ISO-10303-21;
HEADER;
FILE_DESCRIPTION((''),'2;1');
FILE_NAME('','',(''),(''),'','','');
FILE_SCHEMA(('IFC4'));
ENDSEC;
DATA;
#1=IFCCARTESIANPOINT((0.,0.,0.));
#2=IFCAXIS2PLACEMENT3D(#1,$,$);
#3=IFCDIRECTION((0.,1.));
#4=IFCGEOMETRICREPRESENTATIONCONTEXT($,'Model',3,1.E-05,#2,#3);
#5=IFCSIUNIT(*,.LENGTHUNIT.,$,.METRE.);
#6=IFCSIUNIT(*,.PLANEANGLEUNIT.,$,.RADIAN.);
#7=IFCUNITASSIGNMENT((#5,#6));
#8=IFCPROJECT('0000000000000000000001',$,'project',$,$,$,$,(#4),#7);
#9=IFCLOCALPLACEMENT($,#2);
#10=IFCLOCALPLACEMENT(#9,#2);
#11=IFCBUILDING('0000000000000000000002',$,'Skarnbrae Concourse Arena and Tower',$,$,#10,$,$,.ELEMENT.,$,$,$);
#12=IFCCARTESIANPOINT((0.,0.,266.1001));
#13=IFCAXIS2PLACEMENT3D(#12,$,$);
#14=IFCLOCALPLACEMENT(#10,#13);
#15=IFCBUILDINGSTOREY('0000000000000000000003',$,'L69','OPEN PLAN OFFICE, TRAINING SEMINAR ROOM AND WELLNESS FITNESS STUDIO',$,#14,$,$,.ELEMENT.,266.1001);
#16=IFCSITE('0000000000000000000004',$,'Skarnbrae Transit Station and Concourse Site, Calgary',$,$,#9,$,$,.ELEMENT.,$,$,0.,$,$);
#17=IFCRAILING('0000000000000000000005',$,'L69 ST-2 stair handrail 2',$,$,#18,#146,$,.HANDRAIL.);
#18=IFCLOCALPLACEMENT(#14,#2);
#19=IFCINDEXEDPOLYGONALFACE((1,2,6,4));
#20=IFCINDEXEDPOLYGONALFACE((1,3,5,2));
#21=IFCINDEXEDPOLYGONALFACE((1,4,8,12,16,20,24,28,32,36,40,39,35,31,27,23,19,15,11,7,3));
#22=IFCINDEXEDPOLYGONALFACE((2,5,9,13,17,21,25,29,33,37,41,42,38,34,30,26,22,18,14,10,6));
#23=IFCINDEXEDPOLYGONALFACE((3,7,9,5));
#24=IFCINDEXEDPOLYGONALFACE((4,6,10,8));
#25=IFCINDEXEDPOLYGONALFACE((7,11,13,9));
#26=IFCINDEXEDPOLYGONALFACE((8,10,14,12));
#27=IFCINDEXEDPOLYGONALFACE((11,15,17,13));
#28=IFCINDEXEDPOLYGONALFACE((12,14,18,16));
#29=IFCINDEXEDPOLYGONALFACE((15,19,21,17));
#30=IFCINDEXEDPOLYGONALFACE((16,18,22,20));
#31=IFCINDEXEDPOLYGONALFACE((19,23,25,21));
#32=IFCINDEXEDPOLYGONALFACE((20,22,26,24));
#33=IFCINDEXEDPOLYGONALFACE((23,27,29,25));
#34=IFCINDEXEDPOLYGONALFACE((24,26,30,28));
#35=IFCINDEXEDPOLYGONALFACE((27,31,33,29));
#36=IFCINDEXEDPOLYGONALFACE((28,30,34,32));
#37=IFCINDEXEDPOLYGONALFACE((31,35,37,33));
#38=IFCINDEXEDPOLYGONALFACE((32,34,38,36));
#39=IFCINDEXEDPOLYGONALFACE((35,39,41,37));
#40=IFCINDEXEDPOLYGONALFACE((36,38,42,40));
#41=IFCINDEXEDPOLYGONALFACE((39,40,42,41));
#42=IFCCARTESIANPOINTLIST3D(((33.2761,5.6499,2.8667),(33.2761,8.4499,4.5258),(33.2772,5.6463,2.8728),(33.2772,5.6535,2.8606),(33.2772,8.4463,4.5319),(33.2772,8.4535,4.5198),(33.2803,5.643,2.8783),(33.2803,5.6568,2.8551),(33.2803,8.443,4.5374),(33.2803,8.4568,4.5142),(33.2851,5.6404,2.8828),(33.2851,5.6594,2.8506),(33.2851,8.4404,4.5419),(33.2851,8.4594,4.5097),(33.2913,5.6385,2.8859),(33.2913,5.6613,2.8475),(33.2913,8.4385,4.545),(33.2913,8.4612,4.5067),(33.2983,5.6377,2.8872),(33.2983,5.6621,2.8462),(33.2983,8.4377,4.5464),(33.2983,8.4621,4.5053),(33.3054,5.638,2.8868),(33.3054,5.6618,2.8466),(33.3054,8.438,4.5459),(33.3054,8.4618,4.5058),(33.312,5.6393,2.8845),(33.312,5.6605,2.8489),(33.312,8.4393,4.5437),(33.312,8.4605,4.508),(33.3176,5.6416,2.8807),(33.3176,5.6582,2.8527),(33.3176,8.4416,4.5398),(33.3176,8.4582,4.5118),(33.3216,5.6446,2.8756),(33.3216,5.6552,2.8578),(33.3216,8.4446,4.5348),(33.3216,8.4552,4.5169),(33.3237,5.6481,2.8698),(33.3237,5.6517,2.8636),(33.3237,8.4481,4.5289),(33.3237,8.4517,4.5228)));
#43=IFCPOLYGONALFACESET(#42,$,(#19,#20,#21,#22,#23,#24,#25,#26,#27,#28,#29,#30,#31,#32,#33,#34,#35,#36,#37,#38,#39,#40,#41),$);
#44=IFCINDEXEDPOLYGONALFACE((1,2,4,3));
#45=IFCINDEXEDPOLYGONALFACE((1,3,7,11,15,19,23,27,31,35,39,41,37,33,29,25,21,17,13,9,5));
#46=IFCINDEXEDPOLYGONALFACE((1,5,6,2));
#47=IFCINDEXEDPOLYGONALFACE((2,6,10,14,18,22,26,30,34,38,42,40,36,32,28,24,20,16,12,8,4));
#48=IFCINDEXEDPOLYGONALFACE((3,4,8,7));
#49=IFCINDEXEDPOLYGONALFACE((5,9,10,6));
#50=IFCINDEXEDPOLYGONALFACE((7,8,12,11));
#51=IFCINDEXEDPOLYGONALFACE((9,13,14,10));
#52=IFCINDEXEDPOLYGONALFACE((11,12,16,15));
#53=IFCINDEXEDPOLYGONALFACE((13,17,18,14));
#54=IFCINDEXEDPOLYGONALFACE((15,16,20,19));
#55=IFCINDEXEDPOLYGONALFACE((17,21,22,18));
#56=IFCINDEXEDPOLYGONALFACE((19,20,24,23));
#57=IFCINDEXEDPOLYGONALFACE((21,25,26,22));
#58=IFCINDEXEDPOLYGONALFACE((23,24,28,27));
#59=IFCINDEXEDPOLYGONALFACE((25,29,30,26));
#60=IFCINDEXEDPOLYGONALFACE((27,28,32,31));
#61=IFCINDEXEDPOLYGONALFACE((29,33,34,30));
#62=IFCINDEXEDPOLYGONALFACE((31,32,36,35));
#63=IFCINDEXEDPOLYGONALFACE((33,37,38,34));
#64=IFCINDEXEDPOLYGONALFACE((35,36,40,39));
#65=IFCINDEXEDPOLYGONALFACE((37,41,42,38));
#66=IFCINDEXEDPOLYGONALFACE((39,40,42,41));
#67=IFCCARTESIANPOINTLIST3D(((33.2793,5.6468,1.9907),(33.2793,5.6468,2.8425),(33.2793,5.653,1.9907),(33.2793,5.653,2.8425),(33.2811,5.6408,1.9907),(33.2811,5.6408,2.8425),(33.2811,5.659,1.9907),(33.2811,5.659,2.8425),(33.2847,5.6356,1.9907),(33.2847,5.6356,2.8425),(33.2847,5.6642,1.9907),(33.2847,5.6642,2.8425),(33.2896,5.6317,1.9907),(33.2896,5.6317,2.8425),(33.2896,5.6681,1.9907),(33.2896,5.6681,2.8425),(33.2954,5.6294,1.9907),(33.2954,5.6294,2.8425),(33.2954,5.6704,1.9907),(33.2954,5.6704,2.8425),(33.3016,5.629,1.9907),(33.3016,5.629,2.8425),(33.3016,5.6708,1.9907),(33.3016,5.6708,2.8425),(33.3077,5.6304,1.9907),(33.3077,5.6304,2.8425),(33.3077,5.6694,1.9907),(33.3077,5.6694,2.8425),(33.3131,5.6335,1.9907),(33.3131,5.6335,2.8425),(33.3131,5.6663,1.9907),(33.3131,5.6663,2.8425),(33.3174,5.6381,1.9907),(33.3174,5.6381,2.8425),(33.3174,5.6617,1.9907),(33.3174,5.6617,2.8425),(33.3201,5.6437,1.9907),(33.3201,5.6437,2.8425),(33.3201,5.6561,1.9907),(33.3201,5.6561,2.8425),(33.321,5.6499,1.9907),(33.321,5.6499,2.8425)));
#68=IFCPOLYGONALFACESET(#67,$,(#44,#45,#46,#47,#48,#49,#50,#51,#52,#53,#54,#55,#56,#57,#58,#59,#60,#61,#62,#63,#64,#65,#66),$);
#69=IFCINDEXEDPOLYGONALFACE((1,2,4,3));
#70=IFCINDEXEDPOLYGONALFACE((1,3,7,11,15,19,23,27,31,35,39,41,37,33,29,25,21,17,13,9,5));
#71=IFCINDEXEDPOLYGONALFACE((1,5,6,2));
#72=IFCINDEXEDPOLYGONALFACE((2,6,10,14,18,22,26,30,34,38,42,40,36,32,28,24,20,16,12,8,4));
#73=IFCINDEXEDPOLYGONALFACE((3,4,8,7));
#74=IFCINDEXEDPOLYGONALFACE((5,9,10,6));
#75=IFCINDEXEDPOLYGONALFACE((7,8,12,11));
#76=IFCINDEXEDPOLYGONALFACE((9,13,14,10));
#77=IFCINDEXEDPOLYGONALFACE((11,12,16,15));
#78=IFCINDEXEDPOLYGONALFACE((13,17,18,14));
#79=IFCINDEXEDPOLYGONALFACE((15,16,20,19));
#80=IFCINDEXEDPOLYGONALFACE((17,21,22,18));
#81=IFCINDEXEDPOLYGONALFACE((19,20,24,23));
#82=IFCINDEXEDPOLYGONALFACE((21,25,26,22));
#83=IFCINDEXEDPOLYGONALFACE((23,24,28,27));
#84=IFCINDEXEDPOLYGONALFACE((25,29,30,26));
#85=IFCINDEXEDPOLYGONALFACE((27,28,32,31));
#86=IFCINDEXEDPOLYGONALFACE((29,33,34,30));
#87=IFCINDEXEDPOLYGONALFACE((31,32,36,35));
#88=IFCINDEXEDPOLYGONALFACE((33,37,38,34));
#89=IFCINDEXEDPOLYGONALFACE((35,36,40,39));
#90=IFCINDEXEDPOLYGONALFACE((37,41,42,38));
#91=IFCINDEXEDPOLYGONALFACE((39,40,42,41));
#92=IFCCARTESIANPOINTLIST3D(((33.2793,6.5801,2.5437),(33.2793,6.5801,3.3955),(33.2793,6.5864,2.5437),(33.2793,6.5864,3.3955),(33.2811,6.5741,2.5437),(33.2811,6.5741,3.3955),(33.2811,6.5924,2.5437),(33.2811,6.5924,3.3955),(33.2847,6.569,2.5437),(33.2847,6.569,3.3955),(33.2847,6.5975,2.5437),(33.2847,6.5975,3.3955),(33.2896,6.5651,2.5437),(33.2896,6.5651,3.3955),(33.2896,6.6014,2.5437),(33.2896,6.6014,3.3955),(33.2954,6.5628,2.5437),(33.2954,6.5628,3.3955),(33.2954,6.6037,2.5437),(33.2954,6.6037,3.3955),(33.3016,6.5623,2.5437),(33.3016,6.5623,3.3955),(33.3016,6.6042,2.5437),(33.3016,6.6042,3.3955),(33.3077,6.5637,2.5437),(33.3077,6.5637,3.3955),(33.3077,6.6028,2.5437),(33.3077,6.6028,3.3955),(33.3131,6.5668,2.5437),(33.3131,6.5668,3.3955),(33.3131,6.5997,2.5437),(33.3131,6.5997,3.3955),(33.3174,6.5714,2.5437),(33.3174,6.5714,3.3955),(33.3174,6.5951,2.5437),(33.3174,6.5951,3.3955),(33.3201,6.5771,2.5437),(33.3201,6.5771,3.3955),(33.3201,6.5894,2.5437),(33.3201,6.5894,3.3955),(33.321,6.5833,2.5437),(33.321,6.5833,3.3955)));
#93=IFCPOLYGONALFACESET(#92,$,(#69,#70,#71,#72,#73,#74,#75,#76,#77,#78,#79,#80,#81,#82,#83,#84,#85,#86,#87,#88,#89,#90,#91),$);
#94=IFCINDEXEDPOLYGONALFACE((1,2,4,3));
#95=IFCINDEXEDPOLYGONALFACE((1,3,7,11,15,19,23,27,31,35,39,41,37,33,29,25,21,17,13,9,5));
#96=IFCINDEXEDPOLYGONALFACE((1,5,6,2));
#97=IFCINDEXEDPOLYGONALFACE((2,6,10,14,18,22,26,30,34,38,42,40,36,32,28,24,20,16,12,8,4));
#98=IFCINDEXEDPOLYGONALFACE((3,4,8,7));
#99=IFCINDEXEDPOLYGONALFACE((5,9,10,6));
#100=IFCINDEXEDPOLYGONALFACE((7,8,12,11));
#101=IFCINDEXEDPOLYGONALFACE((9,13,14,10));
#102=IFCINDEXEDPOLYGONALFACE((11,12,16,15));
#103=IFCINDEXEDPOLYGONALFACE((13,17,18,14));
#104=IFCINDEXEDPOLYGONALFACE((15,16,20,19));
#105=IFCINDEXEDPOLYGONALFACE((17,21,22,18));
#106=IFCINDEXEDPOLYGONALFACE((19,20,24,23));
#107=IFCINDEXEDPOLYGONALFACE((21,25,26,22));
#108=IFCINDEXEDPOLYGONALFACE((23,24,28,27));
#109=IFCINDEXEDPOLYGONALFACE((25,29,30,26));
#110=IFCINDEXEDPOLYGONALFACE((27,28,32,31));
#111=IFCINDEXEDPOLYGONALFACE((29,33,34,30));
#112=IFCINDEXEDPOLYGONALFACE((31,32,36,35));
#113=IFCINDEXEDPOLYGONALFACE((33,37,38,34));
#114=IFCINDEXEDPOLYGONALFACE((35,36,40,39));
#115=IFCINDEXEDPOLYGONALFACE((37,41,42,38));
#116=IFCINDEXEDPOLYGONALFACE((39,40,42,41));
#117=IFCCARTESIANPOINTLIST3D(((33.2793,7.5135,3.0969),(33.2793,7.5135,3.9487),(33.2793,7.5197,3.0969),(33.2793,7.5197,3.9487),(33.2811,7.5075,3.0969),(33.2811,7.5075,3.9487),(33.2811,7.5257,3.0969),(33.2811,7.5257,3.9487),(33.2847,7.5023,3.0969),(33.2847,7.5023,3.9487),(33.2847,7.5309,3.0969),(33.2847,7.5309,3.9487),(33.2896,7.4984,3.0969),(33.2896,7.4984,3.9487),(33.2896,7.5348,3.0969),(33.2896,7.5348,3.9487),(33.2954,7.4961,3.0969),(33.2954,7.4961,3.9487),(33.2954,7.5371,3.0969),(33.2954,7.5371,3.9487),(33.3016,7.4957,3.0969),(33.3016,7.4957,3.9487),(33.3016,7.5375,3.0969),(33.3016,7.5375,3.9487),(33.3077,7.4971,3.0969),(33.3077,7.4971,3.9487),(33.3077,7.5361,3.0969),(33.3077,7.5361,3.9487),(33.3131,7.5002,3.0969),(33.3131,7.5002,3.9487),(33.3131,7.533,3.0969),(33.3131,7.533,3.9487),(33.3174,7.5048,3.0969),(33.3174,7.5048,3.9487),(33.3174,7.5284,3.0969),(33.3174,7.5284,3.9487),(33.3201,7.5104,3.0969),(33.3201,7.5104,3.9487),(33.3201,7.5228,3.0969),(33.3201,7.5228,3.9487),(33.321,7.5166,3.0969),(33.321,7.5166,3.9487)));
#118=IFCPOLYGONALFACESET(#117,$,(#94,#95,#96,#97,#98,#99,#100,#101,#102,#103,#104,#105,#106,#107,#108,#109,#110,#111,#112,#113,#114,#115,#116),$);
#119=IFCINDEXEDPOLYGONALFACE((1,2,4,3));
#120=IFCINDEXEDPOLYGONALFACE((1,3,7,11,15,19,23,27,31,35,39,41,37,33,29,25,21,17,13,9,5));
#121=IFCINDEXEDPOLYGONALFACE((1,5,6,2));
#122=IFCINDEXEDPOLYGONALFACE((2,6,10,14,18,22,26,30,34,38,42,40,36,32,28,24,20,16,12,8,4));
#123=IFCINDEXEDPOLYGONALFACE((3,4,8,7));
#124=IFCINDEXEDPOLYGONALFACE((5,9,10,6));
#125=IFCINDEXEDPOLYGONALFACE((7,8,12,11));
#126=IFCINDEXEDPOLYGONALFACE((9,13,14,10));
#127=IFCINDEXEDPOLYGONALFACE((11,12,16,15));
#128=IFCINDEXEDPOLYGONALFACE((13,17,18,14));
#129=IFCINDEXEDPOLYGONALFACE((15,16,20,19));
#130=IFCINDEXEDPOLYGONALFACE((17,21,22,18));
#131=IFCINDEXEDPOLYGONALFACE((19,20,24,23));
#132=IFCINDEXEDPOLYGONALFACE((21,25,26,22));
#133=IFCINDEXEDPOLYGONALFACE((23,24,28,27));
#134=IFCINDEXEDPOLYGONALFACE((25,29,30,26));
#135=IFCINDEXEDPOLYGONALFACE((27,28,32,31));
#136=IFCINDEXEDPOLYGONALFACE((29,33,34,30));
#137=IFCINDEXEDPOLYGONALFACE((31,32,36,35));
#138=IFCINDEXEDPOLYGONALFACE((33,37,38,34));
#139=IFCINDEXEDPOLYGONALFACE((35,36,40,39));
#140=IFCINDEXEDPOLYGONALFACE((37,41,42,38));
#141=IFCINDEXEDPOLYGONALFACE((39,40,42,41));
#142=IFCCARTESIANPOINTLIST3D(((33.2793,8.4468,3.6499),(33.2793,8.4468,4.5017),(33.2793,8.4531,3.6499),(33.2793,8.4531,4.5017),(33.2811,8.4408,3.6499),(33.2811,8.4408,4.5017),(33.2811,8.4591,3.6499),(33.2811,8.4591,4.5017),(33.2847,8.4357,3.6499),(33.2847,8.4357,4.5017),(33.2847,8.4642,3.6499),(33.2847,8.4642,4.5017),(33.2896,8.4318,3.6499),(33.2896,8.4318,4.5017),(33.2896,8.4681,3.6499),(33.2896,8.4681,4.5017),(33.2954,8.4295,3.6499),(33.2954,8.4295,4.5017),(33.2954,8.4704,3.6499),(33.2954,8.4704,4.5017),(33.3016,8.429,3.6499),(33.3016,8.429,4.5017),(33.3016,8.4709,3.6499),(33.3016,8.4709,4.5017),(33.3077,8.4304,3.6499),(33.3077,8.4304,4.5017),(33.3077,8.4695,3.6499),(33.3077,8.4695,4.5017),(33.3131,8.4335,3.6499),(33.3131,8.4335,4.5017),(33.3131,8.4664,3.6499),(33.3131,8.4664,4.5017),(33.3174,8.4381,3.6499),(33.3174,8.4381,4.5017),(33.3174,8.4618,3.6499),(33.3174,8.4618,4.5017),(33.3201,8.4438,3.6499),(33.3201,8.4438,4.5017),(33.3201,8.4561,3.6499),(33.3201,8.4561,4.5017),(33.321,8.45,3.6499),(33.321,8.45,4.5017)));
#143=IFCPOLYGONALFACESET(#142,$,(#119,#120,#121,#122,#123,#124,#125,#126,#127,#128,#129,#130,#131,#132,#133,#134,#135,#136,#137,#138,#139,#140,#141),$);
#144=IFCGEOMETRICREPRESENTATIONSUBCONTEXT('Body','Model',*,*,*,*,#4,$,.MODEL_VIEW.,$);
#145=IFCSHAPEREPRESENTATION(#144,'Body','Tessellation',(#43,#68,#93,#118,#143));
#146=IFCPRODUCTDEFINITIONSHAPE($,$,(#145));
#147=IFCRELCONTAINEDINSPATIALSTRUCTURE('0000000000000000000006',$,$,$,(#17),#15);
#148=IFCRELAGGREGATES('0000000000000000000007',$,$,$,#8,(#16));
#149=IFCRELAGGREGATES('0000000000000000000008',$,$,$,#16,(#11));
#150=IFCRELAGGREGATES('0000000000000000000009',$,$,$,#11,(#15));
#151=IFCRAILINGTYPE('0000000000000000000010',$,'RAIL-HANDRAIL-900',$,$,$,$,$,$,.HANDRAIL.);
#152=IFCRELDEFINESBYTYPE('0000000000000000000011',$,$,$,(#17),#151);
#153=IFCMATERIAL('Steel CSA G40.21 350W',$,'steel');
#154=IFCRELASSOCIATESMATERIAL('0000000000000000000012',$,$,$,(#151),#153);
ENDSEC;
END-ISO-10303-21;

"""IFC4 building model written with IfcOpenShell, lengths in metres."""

from ifc_helpers import new_model, si_unit, direction, frame, origin, origin_2d, place, context, subcontext, project, spatial, circle, extrude, material, type_object, element, save


model = new_model("IFC4")

# Units and contexts
model_context = context("Model", 3, precision=1e-05, world=origin(), true_north=direction((0.0, 1.0)))
body_context = subcontext(model_context, "Body", "Model", "MODEL_VIEW")
ifc_project = project(units=[si_unit("LENGTHUNIT", "METRE"), si_unit("PLANEANGLEUNIT", "RADIAN")], contexts=[model_context])

# Site, building, storey
site_placement = place(None, origin())
site = spatial("IfcSite", under=ifc_project, at=site_placement, Name="Skarnbrae Transit Station and Concourse Site, Calgary", CompositionType="ELEMENT", RefElevation=0.0)
building_placement = place(site_placement, origin())
building = spatial("IfcBuilding", under=site, at=building_placement, Name="Skarnbrae Concourse Arena and Tower", CompositionType="ELEMENT")
storey_placement = place(building_placement, frame((0.0, 0.0, 266.1001)))
storey = spatial("IfcBuildingStorey", under=building, at=storey_placement, Name="L69", Description="OPEN PLAN OFFICE, TRAINING SEMINAR ROOM AND WELLNESS FITNESS STUDIO", CompositionType="ELEMENT", Elevation=266.1001)

# Shared definitions
ifc_material_1 = material(Name="Steel CSA G40.21 350W", Category="steel")

# Railing
railing_type_1 = type_object("IfcRailingType", Name="RAIL-HANDRAIL-900", PredefinedType="HANDRAIL", material=ifc_material_1)
railing_1_placement = place(storey_placement, frame((33.3, 5.6499, 1.9907)))
element("IfcRailing", 1, at=railing_1_placement, inside=storey, type_object=railing_type_1, Name="L69 ST-2 stair handrail 2", PredefinedType="HANDRAIL", context=body_context, shape_type="SweptSolid", body=[
    extrude(circle(Radius=0.0239, at=origin_2d()), frame((0.0, 0.0, 0.876), z_axis=(0.0, 0.860306, 0.509778), x_axis=(-1.0, 0.0, 0.0)), (0.0, 0.0, 1.0), 3.2546),
    extrude(circle(Radius=0.021, at=origin_2d()), origin(), (0.0, 0.0, 1.0), 0.8518),
    extrude(circle(Radius=0.021, at=origin_2d()), frame((0.0, 0.9333, 0.553)), (0.0, 0.0, 1.0), 0.8518),
    extrude(circle(Radius=0.021, at=origin_2d()), frame((0.0, 1.8667, 1.1062)), (0.0, 0.0, 1.0), 0.8518),
    extrude(circle(Radius=0.021, at=origin_2d()), frame((0.0, 2.8, 1.6592)), (0.0, 0.0, 1.0), 0.8518),
])

save(model, "model.ifc")
